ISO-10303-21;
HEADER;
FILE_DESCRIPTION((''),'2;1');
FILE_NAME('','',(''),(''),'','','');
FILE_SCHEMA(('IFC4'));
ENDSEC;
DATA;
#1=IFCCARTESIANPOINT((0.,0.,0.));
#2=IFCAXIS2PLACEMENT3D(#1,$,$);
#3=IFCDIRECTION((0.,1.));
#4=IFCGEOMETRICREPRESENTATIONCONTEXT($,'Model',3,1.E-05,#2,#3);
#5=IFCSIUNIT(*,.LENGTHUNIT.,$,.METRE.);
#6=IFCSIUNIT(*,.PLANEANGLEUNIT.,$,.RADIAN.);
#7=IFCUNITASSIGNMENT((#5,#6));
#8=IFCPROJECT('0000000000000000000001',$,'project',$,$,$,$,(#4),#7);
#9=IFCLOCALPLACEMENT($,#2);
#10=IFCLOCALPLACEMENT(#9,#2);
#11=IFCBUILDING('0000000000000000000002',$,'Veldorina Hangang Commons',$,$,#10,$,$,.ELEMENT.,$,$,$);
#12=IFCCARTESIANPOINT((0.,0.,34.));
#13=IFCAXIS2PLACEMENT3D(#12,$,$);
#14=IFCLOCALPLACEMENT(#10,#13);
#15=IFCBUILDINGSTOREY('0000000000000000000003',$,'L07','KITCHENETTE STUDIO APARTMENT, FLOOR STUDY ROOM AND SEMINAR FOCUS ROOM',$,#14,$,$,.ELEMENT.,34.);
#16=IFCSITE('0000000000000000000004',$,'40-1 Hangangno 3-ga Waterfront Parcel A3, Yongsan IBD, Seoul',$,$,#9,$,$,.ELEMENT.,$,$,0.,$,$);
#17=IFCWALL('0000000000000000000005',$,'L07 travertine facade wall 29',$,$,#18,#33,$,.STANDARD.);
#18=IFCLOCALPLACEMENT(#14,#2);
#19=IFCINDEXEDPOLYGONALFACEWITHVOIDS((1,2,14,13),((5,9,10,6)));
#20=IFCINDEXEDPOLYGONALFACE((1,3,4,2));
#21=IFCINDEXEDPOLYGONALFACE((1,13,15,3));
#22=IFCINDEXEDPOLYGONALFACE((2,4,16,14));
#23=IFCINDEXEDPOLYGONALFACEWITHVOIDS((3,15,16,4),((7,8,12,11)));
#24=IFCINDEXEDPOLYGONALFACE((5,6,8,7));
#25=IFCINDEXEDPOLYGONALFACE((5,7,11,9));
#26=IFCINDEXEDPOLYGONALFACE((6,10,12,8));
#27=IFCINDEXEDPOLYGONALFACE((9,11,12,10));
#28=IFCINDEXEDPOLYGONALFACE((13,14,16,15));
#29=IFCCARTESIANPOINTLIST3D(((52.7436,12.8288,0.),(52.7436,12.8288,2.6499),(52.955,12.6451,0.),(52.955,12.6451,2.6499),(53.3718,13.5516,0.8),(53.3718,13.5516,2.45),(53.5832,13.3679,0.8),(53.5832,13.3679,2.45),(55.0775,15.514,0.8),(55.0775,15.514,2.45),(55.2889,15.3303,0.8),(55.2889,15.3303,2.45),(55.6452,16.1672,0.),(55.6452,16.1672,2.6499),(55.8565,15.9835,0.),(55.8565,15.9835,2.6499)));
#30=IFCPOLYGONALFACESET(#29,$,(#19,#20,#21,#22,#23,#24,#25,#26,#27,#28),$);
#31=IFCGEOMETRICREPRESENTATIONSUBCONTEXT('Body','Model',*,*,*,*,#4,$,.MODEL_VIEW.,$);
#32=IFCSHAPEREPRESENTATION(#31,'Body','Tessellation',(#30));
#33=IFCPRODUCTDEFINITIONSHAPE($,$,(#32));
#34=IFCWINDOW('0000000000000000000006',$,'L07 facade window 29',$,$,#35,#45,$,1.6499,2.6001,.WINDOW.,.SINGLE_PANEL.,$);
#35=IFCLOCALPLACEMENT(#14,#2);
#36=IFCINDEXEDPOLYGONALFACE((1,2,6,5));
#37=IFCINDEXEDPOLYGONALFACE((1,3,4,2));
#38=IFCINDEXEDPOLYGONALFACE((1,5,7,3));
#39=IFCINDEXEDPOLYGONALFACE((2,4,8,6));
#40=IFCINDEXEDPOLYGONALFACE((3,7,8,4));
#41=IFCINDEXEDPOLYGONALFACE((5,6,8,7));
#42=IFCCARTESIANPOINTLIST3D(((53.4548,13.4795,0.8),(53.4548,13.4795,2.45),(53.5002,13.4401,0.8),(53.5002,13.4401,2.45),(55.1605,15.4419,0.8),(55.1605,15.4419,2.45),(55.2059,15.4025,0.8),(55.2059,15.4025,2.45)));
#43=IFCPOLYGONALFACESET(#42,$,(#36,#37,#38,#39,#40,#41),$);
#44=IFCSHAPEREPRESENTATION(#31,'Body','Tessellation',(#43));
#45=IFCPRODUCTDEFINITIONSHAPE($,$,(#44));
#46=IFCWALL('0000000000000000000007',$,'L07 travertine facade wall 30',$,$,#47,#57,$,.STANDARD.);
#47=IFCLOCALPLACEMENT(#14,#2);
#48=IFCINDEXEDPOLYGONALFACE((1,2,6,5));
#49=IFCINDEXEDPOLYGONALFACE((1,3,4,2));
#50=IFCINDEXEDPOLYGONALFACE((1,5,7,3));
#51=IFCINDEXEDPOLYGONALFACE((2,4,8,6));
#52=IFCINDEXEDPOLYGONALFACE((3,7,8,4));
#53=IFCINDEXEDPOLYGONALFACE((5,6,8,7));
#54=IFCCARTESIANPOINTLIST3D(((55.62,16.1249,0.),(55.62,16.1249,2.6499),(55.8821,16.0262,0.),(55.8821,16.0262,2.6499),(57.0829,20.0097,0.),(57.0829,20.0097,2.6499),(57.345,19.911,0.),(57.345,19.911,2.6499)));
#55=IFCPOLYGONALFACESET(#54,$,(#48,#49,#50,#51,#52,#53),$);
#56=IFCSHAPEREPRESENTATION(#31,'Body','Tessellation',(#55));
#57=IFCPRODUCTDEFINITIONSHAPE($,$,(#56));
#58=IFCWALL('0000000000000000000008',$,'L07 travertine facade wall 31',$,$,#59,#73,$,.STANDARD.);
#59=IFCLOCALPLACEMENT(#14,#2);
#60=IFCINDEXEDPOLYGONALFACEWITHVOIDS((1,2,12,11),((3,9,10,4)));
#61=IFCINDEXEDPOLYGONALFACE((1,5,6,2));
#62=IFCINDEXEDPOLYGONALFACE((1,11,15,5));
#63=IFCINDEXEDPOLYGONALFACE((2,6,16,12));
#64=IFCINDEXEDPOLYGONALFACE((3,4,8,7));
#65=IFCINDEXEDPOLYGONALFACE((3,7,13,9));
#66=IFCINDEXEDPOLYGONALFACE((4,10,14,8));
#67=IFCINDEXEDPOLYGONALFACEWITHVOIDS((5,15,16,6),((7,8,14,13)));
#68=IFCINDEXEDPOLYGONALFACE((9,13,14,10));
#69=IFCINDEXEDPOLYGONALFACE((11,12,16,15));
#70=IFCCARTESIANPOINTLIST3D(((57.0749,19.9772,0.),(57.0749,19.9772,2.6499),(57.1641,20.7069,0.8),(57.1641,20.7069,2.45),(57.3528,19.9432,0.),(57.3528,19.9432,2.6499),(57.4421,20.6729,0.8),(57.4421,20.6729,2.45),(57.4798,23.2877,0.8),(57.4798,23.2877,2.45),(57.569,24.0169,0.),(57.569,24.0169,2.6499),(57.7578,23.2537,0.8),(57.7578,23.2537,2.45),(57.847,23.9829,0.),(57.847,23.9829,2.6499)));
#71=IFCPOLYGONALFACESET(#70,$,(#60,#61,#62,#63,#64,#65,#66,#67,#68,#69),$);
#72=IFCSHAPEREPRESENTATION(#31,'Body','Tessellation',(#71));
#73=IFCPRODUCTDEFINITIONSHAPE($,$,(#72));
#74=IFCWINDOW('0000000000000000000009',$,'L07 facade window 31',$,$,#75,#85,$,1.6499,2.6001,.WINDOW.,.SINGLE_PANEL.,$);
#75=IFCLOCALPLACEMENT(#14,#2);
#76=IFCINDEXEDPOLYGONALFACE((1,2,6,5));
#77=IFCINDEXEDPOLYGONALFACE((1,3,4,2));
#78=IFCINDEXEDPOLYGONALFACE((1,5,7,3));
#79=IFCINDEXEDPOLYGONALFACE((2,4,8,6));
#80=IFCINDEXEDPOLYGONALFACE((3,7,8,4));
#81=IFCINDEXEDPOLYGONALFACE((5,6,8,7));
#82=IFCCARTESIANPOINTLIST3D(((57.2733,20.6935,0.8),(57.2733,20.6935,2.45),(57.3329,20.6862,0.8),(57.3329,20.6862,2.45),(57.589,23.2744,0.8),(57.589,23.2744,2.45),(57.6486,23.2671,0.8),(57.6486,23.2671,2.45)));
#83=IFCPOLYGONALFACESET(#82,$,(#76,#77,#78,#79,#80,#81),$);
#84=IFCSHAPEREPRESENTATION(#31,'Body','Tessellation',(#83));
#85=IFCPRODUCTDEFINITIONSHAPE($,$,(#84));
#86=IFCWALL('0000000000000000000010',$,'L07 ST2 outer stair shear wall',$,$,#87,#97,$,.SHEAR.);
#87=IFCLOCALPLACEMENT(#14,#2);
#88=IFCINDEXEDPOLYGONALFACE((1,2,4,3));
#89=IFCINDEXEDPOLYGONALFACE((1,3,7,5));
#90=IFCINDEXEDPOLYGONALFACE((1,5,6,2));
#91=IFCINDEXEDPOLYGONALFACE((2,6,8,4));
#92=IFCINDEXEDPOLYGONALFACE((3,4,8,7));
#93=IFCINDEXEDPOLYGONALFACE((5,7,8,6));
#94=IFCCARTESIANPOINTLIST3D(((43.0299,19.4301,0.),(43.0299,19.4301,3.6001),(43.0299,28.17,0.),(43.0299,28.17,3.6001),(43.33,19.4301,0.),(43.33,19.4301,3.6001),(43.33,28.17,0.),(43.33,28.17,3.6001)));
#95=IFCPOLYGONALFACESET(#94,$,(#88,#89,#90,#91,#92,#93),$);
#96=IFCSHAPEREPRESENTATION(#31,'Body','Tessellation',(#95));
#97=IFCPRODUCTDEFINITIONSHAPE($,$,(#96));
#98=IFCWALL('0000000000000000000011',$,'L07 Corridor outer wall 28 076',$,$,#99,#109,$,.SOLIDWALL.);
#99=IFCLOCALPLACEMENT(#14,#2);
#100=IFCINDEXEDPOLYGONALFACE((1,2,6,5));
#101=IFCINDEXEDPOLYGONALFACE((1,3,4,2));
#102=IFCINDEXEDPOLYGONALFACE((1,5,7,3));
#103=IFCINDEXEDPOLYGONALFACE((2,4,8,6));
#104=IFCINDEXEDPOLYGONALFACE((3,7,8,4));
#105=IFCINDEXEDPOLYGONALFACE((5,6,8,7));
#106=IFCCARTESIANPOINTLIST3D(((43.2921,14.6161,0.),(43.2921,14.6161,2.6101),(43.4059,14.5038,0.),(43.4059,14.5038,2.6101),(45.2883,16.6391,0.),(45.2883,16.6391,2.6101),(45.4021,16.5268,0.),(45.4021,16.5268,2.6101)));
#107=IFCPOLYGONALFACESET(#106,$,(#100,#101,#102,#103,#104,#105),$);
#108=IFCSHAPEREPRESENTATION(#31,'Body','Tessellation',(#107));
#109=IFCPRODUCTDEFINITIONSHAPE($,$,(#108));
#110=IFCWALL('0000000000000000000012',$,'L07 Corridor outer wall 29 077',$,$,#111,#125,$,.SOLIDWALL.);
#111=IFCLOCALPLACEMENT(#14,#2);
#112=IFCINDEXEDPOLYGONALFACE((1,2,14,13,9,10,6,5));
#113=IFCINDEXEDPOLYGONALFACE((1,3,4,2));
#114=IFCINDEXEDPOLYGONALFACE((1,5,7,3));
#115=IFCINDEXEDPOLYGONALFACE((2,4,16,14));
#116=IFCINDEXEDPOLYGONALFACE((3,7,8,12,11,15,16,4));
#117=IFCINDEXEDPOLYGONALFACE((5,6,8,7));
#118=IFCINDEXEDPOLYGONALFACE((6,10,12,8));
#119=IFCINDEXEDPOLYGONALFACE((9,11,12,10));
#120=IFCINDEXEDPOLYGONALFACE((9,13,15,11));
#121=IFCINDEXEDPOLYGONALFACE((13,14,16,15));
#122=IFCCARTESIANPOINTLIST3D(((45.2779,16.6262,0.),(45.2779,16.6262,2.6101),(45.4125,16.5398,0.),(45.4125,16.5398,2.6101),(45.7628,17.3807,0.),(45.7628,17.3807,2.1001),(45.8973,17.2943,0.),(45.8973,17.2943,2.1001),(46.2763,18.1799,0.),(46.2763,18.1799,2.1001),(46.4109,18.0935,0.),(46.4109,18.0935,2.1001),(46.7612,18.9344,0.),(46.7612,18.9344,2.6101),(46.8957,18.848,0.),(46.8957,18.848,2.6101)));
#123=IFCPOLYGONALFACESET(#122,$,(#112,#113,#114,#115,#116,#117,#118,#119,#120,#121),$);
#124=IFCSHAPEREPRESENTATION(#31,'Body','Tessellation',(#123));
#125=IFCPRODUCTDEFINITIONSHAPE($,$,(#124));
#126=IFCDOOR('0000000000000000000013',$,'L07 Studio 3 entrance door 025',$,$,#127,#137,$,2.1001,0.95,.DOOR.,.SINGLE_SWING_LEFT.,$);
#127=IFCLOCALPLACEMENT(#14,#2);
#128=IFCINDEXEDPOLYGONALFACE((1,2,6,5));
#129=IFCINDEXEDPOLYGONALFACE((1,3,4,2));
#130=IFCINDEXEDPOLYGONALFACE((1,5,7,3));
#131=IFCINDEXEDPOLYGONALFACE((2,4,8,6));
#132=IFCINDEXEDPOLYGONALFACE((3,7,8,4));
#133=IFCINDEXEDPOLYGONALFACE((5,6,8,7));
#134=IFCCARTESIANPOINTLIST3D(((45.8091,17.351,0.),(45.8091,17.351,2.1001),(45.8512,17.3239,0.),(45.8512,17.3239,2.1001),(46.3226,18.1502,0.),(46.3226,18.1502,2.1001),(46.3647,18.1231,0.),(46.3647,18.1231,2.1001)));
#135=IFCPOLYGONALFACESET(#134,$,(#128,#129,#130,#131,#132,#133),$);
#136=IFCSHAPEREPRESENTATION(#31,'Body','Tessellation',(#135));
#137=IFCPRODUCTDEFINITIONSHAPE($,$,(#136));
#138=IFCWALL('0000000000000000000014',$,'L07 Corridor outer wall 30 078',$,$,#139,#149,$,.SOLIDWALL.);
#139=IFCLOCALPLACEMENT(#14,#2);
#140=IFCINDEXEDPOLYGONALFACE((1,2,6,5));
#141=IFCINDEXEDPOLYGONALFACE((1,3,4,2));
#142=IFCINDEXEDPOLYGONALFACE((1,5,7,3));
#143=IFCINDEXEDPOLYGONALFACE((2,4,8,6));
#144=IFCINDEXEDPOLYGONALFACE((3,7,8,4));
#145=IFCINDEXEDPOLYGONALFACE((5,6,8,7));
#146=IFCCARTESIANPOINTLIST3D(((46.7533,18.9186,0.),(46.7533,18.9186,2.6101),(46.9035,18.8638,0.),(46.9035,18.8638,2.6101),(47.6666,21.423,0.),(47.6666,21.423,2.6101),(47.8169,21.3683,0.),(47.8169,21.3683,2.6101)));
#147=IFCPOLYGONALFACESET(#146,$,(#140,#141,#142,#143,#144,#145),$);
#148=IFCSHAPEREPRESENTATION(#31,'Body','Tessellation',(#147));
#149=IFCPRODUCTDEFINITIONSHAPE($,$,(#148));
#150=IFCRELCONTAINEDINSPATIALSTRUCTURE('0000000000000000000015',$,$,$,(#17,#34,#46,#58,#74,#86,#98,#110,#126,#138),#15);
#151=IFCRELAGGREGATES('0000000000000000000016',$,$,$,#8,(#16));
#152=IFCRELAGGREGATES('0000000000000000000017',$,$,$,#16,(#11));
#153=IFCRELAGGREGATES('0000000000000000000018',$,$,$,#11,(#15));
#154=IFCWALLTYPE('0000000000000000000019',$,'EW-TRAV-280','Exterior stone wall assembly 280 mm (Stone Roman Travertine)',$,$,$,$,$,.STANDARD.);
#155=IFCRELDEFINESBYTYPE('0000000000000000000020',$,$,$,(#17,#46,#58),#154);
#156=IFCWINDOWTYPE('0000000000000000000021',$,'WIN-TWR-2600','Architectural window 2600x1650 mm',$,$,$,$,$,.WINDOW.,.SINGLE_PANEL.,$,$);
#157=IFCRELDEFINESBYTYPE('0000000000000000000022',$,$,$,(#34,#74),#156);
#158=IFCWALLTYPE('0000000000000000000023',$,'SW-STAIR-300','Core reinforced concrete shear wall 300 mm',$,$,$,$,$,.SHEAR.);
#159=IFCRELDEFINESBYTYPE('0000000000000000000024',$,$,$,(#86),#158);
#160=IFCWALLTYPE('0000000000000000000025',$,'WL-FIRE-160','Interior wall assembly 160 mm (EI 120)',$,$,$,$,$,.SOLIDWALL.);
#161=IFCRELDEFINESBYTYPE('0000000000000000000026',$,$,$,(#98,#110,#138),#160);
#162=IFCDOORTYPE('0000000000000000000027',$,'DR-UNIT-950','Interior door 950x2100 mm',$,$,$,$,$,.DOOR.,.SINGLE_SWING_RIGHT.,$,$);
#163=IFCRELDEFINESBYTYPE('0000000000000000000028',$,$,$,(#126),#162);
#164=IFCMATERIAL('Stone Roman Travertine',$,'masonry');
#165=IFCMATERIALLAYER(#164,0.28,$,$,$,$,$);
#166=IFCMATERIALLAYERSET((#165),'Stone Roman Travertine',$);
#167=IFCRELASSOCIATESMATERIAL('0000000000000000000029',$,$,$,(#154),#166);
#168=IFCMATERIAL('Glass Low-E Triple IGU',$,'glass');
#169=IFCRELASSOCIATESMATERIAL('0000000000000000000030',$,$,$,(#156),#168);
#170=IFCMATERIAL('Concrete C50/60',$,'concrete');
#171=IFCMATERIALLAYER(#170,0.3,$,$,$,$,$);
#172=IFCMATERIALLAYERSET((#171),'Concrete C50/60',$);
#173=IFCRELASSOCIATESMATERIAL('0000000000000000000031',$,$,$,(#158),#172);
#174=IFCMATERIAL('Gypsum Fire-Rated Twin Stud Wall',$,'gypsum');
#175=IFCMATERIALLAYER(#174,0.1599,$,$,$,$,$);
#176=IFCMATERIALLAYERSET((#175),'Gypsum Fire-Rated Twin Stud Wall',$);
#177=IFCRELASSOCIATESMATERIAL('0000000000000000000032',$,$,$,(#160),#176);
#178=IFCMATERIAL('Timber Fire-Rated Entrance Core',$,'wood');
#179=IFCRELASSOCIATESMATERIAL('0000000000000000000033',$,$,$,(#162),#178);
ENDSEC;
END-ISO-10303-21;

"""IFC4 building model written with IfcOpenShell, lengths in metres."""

from ifc_helpers import new_model, si_unit, direction, frame, frame_2d, origin, place, context, subcontext, project, spatial, rectangle, extrude, material, layer, layer_set, type_object, element, fill, save


model = new_model("IFC4")

# Units and contexts
model_context = context("Model", 3, precision=1e-05, world=origin(), true_north=direction((0.0, 1.0)))
body_context = subcontext(model_context, "Body", "Model", "MODEL_VIEW")
ifc_project = project(units=[si_unit("LENGTHUNIT", "METRE"), si_unit("PLANEANGLEUNIT", "RADIAN")], contexts=[model_context])

# Site, building, storey
site_placement = place(None, origin())
site = spatial("IfcSite", under=ifc_project, at=site_placement, Name="40-1 Hangangno 3-ga Waterfront Parcel A3, Yongsan IBD, Seoul", CompositionType="ELEMENT", RefElevation=0.0)
building_placement = place(site_placement, origin())
building = spatial("IfcBuilding", under=site, at=building_placement, Name="Veldorina Hangang Commons", CompositionType="ELEMENT")
storey_placement = place(building_placement, frame((0.0, 0.0, 34.0)))
storey = spatial("IfcBuildingStorey", under=building, at=storey_placement, Name="L07", Description="KITCHENETTE STUDIO APARTMENT, FLOOR STUDY ROOM AND SEMINAR FOCUS ROOM", CompositionType="ELEMENT", Elevation=34.0)

# Shared definitions
ifc_material_1 = material(Name="Glass Low-E Triple IGU", Category="glass")

# Wall, opening, window
ifc_material_2 = material(Name="Stone Roman Travertine", Category="masonry")
ifc_layer_1 = layer(ifc_material_2, 0.28)
ifc_layer_set_1 = layer_set([ifc_layer_1], Name="Stone Roman Travertine")
wall_type_1 = type_object("IfcWallType", Name="EW-TRAV-280", Description="Exterior stone wall assembly 280 mm (Stone Roman Travertine)", PredefinedType="STANDARD", material=ifc_layer_set_1)
wall_1_placement = place(storey_placement, frame((52.8494, 12.7371, 0.0), z_axis=(0.0, 0.0, 1.0), x_axis=(0.656008, 0.754754, 0.0)))
wall_1 = element("IfcWall", 1, at=wall_1_placement, inside=storey, type_object=wall_type_1, Name="L07 travertine facade wall 29", PredefinedType="STANDARD", context=body_context, shape_type="SweptSolid", body=[
    extrude(rectangle(XDim=4.4231, YDim=0.28, at=frame_2d((2.2114, 0.0))), origin(), (0.0, 0.0, 1.0), 2.6499),
])
opening_1_placement = place(wall_1_placement, frame((0.9575, 0.0, 0.8)))
opening_1 = element("IfcOpeningElement", 2, at=opening_1_placement, cuts=wall_1, PredefinedType="OPENING", context=body_context, shape_type="SweptSolid", body=[
    extrude(rectangle(XDim=2.6001, YDim=1.6499, at=frame_2d((1.3, 0.825))), frame((0.0, 0.1499, 0.0), z_axis=(0.0, -1.0, 0.0), x_axis=(1.0, 0.0, 0.0)), (0.0, 0.0, 1.0), 0.3),
])
window_type = type_object("IfcWindowType", Name="WIN-TWR-2600", Description="Architectural window 2600x1650 mm", PartitioningType="SINGLE_PANEL", PredefinedType="WINDOW", material=ifc_material_1)
window_1_placement = place(opening_1_placement, origin())
window_1 = element("IfcWindow", 3, at=window_1_placement, inside=storey, type_object=window_type, Name="L07 facade window 29", OverallHeight=1.6499, OverallWidth=2.6001, PartitioningType="SINGLE_PANEL", PredefinedType="WINDOW", context=body_context, shape_type="SweptSolid", body=[
    extrude(rectangle(XDim=2.6001, YDim=1.6499, at=frame_2d((1.3, 0.825))), frame((0.0, 0.03, 0.0), z_axis=(0.0, -1.0, 0.0), x_axis=(1.0, 0.0, 0.0)), (0.0, 0.0, 1.0), 0.0601),
])
fill(opening_1, window_1)

# Wall
wall_2_placement = place(storey_placement, frame((55.751, 16.0754, 0.0), z_axis=(0.0, 0.0, 1.0), x_axis=(0.352412, 0.935845, 0.0)))
element("IfcWall", 4, at=wall_2_placement, inside=storey, type_object=wall_type_1, Name="L07 travertine facade wall 30", PredefinedType="STANDARD", context=body_context, shape_type="SweptSolid", body=[
    extrude(rectangle(XDim=4.1511, YDim=0.28, at=frame_2d((2.0757, 0.0))), origin(), (0.0, 0.0, 1.0), 2.6499),
])

# Wall, opening, window
wall_3_placement = place(storey_placement, frame((57.2139, 19.9602, 0.0), z_axis=(0.0, 0.0, 1.0), x_axis=(0.121413, 0.992602, 0.0)))
wall_3 = element("IfcWall", 5, at=wall_3_placement, inside=storey, type_object=wall_type_1, Name="L07 travertine facade wall 31", PredefinedType="STANDARD", context=body_context, shape_type="SweptSolid", body=[
    extrude(rectangle(XDim=4.0698, YDim=0.28, at=frame_2d((2.0349, 0.0))), origin(), (0.0, 0.0, 1.0), 2.6499),
])
opening_2_placement = place(wall_3_placement, frame((0.7351, 0.0, 0.8)))
opening_2 = element("IfcOpeningElement", 6, at=opening_2_placement, cuts=wall_3, PredefinedType="OPENING", context=body_context, shape_type="SweptSolid", body=[
    extrude(rectangle(XDim=2.6001, YDim=1.6499, at=frame_2d((1.3, 0.825))), frame((0.0, 0.1499, 0.0), z_axis=(0.0, -1.0, 0.0), x_axis=(1.0, 0.0, 0.0)), (0.0, 0.0, 1.0), 0.3),
])
window_2_placement = place(opening_2_placement, origin())
window_2 = element("IfcWindow", 7, at=window_2_placement, inside=storey, type_object=window_type, Name="L07 facade window 31", OverallHeight=1.6499, OverallWidth=2.6001, PartitioningType="SINGLE_PANEL", PredefinedType="WINDOW", context=body_context, shape_type="SweptSolid", body=[
    extrude(rectangle(XDim=2.6001, YDim=1.6499, at=frame_2d((1.3, 0.825))), frame((0.0, 0.03, 0.0), z_axis=(0.0, -1.0, 0.0), x_axis=(1.0, 0.0, 0.0)), (0.0, 0.0, 1.0), 0.0601),
])
fill(opening_2, window_2)

# Walls
ifc_material_3 = material(Name="Concrete C50/60", Category="concrete")
ifc_layer_2 = layer(ifc_material_3, 0.3)
ifc_layer_set_2 = layer_set([ifc_layer_2], Name="Concrete C50/60")
wall_type_2 = type_object("IfcWallType", Name="SW-STAIR-300", Description="Core reinforced concrete shear wall 300 mm", PredefinedType="SHEAR", material=ifc_layer_set_2)
wall_4_placement = place(storey_placement, frame((43.1799, 19.4299, 0.0), z_axis=(0.0, 0.0, 1.0), x_axis=(0.0, 1.0, 0.0)))
element("IfcWall", 8, at=wall_4_placement, inside=storey, type_object=wall_type_2, Name="L07 ST2 outer stair shear wall", PredefinedType="SHEAR", context=body_context, shape_type="SweptSolid", body=[
    extrude(rectangle(XDim=8.74, YDim=0.3, at=frame_2d((4.3701, 0.0))), origin(), (0.0, 0.0, 1.0), 3.6001),
])
ifc_material_4 = material(Name="Gypsum Fire-Rated Twin Stud Wall", Category="gypsum")
ifc_layer_3 = layer(ifc_material_4, 0.1599)
ifc_layer_set_3 = layer_set([ifc_layer_3], Name="Gypsum Fire-Rated Twin Stud Wall")
wall_type_3 = type_object("IfcWallType", Name="WL-FIRE-160", Description="Interior wall assembly 160 mm (EI 120)", PredefinedType="SOLIDWALL", material=ifc_layer_set_3)
wall_5_placement = place(storey_placement, frame((43.3491, 14.5601, 0.0), z_axis=(0.0, 0.0, 1.0), x_axis=(0.702366, 0.711816, 0.0)))
element("IfcWall", 9, at=wall_5_placement, inside=storey, type_object=wall_type_3, Name="L07 Corridor outer wall 28 076", PredefinedType="SOLIDWALL", context=body_context, shape_type="SweptSolid", body=[
    extrude(rectangle(XDim=2.842, YDim=0.1599, at=frame_2d((1.4209, 0.0))), origin(), (0.0, 0.0, 1.0), 2.6101),
])

# Wall, opening, door
wall_6_placement = place(storey_placement, frame((45.3452, 16.583, 0.0), z_axis=(0.0, 0.0, 1.0), x_axis=(0.540596, 0.841283, 0.0)))
wall_6 = element("IfcWall", 10, at=wall_6_placement, inside=storey, type_object=wall_type_3, Name="L07 Corridor outer wall 29 077", PredefinedType="SOLIDWALL", context=body_context, shape_type="SweptSolid", body=[
    extrude(rectangle(XDim=2.7437, YDim=0.1599, at=frame_2d((1.3718, 0.0))), origin(), (0.0, 0.0, 1.0), 2.6101),
])
opening_3_placement = place(wall_6_placement, frame((0.8967, 0.0, 0.0)))
opening_3 = element("IfcOpeningElement", 11, at=opening_3_placement, cuts=wall_6, PredefinedType="OPENING", context=body_context, shape_type="SweptSolid", body=[
    extrude(rectangle(XDim=0.95, YDim=2.1001, at=frame_2d((0.4751, 1.05))), frame((0.0, 0.0898, 0.0), z_axis=(0.0, -1.0, 0.0), x_axis=(1.0, 0.0, 0.0)), (0.0, 0.0, 1.0), 0.1799),
])
ifc_material_5 = material(Name="Timber Fire-Rated Entrance Core", Category="wood")
door_type_1 = type_object("IfcDoorType", Name="DR-UNIT-950", Description="Interior door 950x2100 mm", OperationType="SINGLE_SWING_RIGHT", PredefinedType="DOOR", material=ifc_material_5)
door_1_placement = place(opening_3_placement, origin())
door_1 = element("IfcDoor", 12, at=door_1_placement, inside=storey, type_object=door_type_1, Name="L07 Studio 3 entrance door 025", OperationType="SINGLE_SWING_LEFT", OverallHeight=2.1001, OverallWidth=0.95, PredefinedType="DOOR", context=body_context, shape_type="SweptSolid", body=[
    extrude(rectangle(XDim=0.95, YDim=2.1001, at=frame_2d((0.4751, 1.05))), frame((0.0, 0.0249, 0.0), z_axis=(0.0, -1.0, 0.0), x_axis=(1.0, 0.0, 0.0)), (0.0, 0.0, 1.0), 0.05),
])
fill(opening_3, door_1)

# Wall
wall_7_placement = place(storey_placement, frame((46.8284, 18.8911, 0.0), z_axis=(0.0, 0.0, 1.0), x_axis=(0.342618, 0.939475, 0.0)))
element("IfcWall", 13, at=wall_7_placement, inside=storey, type_object=wall_type_3, Name="L07 Corridor outer wall 30 078", PredefinedType="SOLIDWALL", context=body_context, shape_type="SweptSolid", body=[
    extrude(rectangle(XDim=2.6658, YDim=0.1599, at=frame_2d((1.333, 0.0))), origin(), (0.0, 0.0, 1.0), 2.6101),
])

save(model, "model.ifc")
